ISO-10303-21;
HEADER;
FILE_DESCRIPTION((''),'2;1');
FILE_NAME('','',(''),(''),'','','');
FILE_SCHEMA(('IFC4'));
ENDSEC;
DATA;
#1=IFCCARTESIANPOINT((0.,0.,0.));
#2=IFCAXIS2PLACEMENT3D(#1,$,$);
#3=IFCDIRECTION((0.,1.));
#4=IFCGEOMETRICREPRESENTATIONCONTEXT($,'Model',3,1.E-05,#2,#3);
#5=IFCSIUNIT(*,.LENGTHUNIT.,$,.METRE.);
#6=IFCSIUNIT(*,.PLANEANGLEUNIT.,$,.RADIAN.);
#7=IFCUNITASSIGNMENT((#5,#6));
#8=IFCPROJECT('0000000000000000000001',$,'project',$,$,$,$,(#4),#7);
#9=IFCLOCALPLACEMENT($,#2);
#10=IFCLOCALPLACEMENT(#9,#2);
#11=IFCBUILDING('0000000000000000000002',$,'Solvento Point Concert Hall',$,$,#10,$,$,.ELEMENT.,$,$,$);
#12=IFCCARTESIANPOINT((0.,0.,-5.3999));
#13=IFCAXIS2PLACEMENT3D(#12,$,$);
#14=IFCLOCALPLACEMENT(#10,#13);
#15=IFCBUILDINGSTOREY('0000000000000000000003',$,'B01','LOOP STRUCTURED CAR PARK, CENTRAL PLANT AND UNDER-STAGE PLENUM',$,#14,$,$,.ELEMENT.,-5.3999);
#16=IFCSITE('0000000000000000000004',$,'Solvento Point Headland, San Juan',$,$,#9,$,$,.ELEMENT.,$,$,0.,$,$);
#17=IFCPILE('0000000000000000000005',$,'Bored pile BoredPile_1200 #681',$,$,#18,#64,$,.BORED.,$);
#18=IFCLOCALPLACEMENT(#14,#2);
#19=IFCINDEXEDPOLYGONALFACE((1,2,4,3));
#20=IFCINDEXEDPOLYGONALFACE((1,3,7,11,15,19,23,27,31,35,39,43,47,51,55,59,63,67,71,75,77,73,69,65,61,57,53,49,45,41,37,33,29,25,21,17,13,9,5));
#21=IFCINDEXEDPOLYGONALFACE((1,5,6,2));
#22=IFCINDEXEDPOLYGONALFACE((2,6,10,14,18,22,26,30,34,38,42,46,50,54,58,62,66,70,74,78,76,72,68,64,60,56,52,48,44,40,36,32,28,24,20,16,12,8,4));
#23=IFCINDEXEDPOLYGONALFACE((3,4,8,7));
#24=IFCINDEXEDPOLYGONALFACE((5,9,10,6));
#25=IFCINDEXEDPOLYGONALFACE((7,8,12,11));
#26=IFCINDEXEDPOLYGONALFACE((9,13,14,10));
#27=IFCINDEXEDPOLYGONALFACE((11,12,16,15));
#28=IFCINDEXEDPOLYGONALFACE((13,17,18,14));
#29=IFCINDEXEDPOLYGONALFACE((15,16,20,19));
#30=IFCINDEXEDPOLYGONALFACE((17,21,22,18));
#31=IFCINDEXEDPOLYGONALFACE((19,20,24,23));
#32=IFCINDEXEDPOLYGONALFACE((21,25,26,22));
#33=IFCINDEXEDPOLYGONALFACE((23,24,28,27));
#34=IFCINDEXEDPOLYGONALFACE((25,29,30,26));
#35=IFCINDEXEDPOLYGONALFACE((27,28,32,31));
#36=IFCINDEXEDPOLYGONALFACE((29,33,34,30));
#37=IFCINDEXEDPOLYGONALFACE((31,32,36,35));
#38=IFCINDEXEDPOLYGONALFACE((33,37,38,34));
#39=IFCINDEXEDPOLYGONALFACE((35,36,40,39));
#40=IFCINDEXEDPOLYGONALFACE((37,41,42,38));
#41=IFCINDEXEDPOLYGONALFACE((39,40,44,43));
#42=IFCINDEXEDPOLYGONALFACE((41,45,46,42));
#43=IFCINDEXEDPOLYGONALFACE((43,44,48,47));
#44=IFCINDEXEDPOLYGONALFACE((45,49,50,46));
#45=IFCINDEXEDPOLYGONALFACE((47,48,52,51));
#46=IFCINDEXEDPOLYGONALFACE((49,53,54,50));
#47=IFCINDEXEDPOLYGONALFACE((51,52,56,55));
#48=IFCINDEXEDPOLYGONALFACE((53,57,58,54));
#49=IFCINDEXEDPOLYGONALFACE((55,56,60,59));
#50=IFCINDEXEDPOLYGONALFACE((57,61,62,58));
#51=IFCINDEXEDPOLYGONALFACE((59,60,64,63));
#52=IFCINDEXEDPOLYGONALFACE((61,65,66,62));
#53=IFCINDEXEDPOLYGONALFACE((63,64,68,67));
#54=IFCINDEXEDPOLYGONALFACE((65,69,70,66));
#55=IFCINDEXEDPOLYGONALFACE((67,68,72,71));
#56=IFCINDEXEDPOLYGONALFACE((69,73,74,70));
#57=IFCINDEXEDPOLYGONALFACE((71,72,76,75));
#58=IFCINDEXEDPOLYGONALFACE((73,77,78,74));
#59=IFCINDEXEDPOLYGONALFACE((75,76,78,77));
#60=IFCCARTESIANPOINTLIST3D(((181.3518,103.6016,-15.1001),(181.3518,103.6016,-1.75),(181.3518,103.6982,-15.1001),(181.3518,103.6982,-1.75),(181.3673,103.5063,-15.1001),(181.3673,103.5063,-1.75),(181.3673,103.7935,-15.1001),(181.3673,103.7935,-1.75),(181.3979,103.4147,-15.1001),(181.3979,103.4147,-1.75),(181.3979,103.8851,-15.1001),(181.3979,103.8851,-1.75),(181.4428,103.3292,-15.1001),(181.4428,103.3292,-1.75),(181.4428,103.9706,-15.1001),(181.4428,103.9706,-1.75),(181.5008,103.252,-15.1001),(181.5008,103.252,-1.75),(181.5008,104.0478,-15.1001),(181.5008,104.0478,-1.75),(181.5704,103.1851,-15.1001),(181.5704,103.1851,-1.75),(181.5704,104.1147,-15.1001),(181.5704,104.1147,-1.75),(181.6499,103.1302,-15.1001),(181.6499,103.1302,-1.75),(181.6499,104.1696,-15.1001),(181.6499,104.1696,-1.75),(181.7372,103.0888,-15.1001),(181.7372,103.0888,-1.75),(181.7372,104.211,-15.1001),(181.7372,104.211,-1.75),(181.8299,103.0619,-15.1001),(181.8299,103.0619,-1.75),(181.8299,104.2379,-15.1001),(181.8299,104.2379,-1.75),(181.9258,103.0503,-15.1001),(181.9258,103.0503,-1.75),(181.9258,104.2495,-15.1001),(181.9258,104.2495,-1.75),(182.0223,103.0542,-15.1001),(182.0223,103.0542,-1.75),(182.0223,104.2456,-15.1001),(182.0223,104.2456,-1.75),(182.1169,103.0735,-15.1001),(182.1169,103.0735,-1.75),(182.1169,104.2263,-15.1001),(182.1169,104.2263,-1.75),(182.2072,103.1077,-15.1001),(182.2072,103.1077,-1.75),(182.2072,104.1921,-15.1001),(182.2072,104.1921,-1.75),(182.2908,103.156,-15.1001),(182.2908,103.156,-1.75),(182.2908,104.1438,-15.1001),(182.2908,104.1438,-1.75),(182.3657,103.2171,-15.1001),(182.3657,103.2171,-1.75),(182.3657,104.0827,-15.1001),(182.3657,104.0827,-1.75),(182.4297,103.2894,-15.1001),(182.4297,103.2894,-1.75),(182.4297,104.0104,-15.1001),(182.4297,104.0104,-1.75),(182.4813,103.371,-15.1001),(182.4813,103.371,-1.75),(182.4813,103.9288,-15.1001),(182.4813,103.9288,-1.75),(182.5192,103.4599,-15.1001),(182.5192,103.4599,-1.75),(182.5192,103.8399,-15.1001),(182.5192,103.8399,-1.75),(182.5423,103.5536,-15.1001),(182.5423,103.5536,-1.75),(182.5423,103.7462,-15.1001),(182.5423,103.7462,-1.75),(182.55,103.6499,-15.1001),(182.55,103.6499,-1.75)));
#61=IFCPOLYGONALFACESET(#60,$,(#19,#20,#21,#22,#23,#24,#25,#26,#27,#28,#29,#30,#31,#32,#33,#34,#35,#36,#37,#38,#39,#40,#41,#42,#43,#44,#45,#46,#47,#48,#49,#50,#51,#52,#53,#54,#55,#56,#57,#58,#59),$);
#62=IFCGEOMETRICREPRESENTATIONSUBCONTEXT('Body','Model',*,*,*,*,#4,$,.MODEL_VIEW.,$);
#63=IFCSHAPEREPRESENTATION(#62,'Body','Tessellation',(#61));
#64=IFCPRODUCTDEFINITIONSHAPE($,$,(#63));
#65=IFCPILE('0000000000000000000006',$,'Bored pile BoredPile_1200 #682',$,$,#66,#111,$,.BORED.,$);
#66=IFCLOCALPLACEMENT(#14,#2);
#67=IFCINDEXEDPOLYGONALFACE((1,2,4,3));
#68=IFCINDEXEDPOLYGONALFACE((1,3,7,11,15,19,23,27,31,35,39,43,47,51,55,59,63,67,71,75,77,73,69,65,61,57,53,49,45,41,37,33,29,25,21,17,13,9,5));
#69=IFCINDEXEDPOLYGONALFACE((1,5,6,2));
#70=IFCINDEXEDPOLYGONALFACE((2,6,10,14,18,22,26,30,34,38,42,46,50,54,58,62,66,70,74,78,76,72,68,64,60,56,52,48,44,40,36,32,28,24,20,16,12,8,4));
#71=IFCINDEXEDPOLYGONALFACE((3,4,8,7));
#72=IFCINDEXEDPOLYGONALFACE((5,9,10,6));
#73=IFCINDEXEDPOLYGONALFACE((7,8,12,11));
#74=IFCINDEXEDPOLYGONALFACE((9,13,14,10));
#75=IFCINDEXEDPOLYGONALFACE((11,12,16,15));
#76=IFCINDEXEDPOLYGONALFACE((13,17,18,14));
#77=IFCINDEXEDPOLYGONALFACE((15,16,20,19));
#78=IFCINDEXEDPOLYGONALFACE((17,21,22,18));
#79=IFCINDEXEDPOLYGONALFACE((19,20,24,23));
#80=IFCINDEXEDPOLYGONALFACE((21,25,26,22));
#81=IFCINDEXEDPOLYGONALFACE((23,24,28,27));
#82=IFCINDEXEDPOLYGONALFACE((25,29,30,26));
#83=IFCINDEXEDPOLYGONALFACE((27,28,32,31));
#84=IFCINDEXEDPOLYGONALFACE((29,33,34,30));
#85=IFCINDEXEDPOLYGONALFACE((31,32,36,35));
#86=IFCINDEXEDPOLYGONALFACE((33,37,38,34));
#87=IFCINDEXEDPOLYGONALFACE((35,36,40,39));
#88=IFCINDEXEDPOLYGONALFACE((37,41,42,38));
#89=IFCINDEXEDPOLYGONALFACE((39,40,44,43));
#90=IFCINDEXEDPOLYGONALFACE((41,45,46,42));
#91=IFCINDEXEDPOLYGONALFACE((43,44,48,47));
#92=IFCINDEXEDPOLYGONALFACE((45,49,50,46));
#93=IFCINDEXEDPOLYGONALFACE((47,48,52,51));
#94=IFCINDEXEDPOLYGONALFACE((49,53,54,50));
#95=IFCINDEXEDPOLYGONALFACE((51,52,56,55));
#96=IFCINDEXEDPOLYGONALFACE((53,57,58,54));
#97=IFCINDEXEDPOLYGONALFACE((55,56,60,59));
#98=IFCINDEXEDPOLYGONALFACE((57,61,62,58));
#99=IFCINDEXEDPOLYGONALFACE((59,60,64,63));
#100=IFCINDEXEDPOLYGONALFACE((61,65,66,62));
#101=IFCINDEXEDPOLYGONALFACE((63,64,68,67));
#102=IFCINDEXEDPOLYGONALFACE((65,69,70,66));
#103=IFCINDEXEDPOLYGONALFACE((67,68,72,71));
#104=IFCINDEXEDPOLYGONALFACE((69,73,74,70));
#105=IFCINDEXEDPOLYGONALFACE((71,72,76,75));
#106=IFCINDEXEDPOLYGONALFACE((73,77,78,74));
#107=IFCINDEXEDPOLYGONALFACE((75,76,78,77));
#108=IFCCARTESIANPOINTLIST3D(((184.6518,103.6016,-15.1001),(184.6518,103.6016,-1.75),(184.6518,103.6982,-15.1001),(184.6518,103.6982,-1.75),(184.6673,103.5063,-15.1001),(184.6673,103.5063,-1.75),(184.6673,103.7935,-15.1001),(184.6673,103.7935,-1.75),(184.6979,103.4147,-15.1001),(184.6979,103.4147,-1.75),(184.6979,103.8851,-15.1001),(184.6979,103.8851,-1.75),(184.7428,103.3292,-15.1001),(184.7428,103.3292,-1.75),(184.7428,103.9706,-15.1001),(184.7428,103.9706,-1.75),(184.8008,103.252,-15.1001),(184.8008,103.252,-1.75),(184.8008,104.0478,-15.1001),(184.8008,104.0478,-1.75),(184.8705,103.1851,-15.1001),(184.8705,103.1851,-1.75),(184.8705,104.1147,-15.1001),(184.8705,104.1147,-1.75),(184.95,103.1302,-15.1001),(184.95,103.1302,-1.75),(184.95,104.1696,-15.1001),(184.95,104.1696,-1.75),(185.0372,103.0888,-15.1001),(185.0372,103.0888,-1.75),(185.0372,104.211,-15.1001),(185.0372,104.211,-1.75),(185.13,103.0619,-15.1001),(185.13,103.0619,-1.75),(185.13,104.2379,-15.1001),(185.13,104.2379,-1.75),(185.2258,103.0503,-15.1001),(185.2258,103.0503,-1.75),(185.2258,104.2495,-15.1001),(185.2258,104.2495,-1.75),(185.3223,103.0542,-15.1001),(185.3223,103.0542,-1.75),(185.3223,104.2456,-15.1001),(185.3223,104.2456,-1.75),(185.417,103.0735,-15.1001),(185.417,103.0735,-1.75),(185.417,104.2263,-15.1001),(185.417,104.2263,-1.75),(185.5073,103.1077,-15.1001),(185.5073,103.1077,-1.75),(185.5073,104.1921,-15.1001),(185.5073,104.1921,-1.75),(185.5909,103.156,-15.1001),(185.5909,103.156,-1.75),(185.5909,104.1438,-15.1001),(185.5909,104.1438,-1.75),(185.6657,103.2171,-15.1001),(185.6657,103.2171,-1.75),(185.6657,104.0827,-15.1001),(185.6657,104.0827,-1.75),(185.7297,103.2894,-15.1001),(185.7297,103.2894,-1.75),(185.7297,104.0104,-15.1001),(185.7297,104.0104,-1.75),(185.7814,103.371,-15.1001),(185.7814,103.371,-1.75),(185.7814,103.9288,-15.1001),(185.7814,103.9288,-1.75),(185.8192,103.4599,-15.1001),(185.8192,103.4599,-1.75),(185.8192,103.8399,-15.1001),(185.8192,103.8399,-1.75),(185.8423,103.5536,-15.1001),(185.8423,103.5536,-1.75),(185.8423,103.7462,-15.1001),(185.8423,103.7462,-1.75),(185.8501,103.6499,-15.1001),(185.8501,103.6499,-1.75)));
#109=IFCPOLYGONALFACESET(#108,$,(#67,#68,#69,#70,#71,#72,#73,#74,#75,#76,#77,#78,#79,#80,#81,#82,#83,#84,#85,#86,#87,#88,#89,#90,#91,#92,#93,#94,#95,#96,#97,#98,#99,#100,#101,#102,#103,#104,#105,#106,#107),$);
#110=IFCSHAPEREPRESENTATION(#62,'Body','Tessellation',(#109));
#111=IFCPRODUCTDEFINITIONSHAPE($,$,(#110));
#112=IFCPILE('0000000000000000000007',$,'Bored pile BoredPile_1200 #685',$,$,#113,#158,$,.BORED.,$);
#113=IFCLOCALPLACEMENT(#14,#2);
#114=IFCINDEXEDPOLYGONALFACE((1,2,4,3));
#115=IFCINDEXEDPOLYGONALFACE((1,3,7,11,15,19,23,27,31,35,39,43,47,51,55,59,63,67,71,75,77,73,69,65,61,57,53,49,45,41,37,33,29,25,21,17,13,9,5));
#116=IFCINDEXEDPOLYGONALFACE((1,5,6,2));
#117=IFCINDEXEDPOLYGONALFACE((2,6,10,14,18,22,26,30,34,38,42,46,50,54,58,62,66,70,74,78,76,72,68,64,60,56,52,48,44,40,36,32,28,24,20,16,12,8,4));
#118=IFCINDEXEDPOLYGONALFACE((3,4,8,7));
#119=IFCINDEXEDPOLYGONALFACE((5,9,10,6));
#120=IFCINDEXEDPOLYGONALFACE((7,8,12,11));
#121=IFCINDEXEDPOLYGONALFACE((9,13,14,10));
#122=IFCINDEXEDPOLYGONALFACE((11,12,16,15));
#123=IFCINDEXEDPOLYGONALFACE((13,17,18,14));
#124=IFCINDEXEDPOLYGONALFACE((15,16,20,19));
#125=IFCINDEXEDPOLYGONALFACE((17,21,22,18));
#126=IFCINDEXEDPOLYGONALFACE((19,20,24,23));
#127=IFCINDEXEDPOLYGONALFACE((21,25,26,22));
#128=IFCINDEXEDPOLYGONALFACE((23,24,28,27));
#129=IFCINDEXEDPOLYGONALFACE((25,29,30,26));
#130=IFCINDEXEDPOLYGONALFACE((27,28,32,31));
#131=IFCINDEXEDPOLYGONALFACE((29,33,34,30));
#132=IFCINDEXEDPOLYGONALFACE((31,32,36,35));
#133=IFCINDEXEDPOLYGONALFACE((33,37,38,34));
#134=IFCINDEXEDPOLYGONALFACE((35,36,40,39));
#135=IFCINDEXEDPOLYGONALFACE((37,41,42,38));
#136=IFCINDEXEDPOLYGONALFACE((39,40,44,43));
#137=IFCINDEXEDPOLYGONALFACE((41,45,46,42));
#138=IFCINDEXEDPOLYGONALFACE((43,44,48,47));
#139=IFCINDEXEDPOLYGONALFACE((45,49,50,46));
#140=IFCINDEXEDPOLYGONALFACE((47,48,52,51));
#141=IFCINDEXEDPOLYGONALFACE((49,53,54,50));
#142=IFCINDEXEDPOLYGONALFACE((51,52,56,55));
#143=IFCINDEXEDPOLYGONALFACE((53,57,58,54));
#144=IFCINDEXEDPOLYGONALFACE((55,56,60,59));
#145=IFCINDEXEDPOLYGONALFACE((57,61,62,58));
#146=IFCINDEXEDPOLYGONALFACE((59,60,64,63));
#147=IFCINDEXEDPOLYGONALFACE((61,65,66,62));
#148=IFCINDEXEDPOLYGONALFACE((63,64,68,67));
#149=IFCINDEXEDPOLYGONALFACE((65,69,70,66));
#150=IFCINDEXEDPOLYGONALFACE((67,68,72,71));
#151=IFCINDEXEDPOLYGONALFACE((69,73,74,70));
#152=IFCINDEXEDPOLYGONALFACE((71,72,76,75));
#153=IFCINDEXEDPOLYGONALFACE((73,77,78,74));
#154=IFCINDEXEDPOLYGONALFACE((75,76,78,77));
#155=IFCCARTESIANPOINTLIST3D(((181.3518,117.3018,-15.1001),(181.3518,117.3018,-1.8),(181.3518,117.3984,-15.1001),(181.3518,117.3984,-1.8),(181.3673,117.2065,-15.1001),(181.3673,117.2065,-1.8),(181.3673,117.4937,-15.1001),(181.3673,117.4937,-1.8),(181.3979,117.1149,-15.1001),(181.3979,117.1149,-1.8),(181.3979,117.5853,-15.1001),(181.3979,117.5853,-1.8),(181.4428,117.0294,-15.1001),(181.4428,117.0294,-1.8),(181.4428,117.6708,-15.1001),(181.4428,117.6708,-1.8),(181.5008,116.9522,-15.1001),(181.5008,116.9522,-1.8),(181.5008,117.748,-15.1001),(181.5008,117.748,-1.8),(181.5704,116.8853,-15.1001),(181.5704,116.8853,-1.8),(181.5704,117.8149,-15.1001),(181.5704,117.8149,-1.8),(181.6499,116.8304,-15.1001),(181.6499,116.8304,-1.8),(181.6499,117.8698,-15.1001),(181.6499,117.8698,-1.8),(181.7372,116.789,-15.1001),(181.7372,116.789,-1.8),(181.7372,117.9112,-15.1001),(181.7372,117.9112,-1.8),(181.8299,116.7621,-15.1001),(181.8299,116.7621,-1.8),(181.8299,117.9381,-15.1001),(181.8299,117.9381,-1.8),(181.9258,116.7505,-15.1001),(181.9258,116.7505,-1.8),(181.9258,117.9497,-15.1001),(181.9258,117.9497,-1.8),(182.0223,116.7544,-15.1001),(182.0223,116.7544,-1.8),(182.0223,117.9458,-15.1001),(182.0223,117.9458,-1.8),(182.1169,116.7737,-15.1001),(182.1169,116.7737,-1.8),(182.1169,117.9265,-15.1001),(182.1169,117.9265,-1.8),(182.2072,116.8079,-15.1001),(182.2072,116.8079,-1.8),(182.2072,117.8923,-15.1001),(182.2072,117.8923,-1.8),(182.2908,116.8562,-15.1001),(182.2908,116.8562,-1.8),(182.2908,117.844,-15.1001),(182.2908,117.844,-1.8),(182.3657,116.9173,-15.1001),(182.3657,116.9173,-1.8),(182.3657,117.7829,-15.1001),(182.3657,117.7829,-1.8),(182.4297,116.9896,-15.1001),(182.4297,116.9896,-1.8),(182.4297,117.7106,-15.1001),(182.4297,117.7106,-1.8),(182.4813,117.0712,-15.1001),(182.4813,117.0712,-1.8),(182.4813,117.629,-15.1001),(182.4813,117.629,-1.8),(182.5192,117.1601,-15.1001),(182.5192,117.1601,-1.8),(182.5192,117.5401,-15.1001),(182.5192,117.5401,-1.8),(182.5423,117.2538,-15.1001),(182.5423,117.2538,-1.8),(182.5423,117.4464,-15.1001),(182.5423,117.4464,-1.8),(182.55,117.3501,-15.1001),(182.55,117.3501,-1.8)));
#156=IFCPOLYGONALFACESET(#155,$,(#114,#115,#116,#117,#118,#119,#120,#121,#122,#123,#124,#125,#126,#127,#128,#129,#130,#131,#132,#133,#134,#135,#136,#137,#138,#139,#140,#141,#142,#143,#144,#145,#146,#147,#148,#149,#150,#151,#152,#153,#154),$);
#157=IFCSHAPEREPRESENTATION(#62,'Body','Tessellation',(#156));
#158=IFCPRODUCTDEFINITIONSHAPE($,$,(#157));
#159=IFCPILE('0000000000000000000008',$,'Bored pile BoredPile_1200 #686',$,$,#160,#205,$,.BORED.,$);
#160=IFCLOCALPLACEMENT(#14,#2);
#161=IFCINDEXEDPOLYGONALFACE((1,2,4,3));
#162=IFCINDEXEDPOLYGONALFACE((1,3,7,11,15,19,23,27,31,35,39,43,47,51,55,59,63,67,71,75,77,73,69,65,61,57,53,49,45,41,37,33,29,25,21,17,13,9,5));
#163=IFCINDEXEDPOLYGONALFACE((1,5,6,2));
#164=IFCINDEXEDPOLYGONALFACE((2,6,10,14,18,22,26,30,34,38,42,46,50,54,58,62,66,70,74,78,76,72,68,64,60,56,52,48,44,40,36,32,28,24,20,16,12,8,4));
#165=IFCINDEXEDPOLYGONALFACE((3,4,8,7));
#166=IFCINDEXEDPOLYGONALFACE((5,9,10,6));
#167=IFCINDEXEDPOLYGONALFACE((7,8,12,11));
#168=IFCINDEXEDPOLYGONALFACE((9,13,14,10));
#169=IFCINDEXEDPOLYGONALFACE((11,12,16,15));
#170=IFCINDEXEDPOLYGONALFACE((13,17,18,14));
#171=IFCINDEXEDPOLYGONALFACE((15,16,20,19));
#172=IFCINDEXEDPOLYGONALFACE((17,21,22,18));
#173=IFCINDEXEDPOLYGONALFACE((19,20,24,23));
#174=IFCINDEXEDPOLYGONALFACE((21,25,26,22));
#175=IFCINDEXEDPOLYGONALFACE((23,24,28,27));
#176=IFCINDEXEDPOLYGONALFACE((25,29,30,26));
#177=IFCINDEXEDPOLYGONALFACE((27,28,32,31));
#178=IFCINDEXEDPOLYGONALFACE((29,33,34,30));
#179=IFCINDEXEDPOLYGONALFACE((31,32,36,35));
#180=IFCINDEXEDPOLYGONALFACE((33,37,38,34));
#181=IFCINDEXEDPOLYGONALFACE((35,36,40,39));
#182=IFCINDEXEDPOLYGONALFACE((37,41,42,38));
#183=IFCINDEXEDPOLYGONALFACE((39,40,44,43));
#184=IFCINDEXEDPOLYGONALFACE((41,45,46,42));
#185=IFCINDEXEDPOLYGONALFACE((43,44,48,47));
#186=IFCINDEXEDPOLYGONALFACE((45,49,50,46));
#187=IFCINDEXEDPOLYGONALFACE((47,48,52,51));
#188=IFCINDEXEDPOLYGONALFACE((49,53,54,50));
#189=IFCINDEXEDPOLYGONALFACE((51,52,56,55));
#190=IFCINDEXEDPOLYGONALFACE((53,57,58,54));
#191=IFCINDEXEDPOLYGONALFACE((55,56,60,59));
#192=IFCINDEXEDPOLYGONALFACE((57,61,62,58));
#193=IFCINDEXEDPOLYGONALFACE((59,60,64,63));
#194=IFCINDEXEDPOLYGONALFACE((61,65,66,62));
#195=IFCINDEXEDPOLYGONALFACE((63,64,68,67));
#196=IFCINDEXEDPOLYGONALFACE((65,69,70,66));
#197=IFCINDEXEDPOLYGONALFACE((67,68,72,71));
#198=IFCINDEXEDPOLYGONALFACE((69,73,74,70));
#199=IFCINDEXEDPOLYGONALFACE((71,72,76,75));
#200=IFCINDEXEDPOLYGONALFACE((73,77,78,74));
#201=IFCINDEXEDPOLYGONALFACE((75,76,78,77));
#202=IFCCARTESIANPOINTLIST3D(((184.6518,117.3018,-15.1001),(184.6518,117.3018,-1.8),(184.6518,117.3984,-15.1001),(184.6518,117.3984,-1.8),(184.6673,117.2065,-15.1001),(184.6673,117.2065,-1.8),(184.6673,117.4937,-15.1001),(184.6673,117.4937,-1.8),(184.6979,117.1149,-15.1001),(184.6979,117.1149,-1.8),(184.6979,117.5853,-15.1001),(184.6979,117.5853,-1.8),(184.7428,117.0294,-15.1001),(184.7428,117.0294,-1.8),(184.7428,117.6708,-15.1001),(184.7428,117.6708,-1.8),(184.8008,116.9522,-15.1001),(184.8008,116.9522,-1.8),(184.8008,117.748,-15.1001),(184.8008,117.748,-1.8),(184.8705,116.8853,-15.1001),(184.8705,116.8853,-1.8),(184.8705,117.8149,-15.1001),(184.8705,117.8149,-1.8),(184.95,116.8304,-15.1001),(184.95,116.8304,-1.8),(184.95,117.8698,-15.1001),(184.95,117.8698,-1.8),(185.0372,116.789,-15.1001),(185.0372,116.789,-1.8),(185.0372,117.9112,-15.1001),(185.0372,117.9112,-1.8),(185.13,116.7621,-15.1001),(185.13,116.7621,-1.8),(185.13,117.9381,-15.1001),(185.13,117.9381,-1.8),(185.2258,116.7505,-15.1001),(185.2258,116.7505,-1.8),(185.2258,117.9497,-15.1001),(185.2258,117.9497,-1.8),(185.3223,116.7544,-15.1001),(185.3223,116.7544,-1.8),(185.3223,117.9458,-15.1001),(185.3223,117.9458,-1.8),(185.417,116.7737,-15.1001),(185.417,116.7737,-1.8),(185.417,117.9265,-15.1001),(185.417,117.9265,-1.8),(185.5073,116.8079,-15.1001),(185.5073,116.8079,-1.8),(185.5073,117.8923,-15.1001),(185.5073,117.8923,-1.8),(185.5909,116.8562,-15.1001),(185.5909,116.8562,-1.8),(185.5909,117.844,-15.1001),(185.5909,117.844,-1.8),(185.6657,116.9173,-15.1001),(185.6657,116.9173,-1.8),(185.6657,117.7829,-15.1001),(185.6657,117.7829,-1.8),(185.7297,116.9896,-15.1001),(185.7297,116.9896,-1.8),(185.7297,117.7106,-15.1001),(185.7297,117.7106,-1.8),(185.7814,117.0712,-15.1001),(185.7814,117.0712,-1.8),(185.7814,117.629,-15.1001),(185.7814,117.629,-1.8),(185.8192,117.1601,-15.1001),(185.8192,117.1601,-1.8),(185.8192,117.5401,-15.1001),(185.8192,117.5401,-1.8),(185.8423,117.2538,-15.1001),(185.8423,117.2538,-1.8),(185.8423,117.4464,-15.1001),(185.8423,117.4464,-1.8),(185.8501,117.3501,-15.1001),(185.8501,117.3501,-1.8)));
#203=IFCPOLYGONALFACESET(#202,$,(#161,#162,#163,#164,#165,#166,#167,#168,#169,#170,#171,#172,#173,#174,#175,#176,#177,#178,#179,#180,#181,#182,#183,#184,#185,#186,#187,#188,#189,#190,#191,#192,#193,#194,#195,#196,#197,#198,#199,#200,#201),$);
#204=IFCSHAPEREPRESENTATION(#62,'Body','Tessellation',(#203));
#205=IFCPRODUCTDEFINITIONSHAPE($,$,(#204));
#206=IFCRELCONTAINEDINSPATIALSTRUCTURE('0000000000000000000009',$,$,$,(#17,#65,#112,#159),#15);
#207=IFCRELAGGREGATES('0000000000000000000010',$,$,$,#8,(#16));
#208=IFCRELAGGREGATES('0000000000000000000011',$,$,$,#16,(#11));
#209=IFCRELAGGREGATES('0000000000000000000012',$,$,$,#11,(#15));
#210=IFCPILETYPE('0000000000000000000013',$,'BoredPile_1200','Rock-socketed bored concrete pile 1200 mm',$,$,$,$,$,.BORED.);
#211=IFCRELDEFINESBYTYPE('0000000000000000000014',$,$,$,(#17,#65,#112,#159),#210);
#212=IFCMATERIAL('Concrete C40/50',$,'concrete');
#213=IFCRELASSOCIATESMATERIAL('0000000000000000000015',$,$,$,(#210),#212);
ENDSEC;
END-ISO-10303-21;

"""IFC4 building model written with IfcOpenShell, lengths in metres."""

from ifc_helpers import new_model, si_unit, direction, frame, origin, origin_2d, place, context, subcontext, project, spatial, circle, extrude, material, material_profile, profile_set, type_object, element, save


model = new_model("IFC4")

# Units and contexts
model_context = context("Model", 3, precision=1e-05, world=origin(), true_north=direction((0.0, 1.0)))
body_context = subcontext(model_context, "Body", "Model", "MODEL_VIEW")
ifc_project = project(units=[si_unit("LENGTHUNIT", "METRE"), si_unit("PLANEANGLEUNIT", "RADIAN")], contexts=[model_context])

# Site, building, storey
site_placement = place(None, origin())
site = spatial("IfcSite", under=ifc_project, at=site_placement, Name="Solvento Point Headland, San Juan", CompositionType="ELEMENT", RefElevation=0.0)
building_placement = place(site_placement, origin())
building = spatial("IfcBuilding", under=site, at=building_placement, Name="Solvento Point Concert Hall", CompositionType="ELEMENT")
storey_placement = place(building_placement, frame((0.0, 0.0, -5.3999)))
storey = spatial("IfcBuildingStorey", under=building, at=storey_placement, Name="B01", Description="LOOP STRUCTURED CAR PARK, CENTRAL PLANT AND UNDER-STAGE PLENUM", CompositionType="ELEMENT", Elevation=-5.3999)

# Piles
ifc_material_1 = material(Name="Concrete C40/50", Category="concrete")
ifc_material_profile_1 = material_profile(ifc_material_1, circle(Radius=0.6001, at=origin_2d()), Name="BP-1200")
ifc_profile_set_1 = profile_set([ifc_material_profile_1], Name="Concrete C40/50")
pile_type_1 = type_object("IfcPileType", Name="BoredPile_1200", Description="Rock-socketed bored concrete pile 1200 mm", PredefinedType="BORED", material=ifc_profile_set_1)
for number, where, z_axis, x_axis, name in (
    (1, (181.95, 103.6499, -1.75), (0.0, 0.0, -1.0), (1.0, 0.0, 0.0), "Bored pile BoredPile_1200 #681"),
    (2, (185.25, 103.6499, -1.75), (0.0, 0.0, -1.0), (1.0, 0.0, 0.0), "Bored pile BoredPile_1200 #682"),
):
    element("IfcPile", number, at=place(storey_placement, frame(where, z_axis=z_axis, x_axis=x_axis)), inside=storey, type_object=pile_type_1, Name=name, PredefinedType="BORED", context=body_context, shape_type="SweptSolid", body=[
        extrude(circle(Radius=0.6001, at=origin_2d()), origin(), (0.0, 0.0, 1.0), 13.3501),
    ])
for number, where, z_axis, x_axis, name in (
    (3, (181.95, 117.3501, -1.8), (0.0, 0.0, -1.0), (1.0, 0.0, 0.0), "Bored pile BoredPile_1200 #685"),
    (4, (185.25, 117.3501, -1.8), (0.0, 0.0, -1.0), (1.0, 0.0, 0.0), "Bored pile BoredPile_1200 #686"),
):
    element("IfcPile", number, at=place(storey_placement, frame(where, z_axis=z_axis, x_axis=x_axis)), inside=storey, type_object=pile_type_1, Name=name, PredefinedType="BORED", context=body_context, shape_type="SweptSolid", body=[
        extrude(circle(Radius=0.6001, at=origin_2d()), origin(), (0.0, 0.0, 1.0), 13.3),
    ])

save(model, "model.ifc")
